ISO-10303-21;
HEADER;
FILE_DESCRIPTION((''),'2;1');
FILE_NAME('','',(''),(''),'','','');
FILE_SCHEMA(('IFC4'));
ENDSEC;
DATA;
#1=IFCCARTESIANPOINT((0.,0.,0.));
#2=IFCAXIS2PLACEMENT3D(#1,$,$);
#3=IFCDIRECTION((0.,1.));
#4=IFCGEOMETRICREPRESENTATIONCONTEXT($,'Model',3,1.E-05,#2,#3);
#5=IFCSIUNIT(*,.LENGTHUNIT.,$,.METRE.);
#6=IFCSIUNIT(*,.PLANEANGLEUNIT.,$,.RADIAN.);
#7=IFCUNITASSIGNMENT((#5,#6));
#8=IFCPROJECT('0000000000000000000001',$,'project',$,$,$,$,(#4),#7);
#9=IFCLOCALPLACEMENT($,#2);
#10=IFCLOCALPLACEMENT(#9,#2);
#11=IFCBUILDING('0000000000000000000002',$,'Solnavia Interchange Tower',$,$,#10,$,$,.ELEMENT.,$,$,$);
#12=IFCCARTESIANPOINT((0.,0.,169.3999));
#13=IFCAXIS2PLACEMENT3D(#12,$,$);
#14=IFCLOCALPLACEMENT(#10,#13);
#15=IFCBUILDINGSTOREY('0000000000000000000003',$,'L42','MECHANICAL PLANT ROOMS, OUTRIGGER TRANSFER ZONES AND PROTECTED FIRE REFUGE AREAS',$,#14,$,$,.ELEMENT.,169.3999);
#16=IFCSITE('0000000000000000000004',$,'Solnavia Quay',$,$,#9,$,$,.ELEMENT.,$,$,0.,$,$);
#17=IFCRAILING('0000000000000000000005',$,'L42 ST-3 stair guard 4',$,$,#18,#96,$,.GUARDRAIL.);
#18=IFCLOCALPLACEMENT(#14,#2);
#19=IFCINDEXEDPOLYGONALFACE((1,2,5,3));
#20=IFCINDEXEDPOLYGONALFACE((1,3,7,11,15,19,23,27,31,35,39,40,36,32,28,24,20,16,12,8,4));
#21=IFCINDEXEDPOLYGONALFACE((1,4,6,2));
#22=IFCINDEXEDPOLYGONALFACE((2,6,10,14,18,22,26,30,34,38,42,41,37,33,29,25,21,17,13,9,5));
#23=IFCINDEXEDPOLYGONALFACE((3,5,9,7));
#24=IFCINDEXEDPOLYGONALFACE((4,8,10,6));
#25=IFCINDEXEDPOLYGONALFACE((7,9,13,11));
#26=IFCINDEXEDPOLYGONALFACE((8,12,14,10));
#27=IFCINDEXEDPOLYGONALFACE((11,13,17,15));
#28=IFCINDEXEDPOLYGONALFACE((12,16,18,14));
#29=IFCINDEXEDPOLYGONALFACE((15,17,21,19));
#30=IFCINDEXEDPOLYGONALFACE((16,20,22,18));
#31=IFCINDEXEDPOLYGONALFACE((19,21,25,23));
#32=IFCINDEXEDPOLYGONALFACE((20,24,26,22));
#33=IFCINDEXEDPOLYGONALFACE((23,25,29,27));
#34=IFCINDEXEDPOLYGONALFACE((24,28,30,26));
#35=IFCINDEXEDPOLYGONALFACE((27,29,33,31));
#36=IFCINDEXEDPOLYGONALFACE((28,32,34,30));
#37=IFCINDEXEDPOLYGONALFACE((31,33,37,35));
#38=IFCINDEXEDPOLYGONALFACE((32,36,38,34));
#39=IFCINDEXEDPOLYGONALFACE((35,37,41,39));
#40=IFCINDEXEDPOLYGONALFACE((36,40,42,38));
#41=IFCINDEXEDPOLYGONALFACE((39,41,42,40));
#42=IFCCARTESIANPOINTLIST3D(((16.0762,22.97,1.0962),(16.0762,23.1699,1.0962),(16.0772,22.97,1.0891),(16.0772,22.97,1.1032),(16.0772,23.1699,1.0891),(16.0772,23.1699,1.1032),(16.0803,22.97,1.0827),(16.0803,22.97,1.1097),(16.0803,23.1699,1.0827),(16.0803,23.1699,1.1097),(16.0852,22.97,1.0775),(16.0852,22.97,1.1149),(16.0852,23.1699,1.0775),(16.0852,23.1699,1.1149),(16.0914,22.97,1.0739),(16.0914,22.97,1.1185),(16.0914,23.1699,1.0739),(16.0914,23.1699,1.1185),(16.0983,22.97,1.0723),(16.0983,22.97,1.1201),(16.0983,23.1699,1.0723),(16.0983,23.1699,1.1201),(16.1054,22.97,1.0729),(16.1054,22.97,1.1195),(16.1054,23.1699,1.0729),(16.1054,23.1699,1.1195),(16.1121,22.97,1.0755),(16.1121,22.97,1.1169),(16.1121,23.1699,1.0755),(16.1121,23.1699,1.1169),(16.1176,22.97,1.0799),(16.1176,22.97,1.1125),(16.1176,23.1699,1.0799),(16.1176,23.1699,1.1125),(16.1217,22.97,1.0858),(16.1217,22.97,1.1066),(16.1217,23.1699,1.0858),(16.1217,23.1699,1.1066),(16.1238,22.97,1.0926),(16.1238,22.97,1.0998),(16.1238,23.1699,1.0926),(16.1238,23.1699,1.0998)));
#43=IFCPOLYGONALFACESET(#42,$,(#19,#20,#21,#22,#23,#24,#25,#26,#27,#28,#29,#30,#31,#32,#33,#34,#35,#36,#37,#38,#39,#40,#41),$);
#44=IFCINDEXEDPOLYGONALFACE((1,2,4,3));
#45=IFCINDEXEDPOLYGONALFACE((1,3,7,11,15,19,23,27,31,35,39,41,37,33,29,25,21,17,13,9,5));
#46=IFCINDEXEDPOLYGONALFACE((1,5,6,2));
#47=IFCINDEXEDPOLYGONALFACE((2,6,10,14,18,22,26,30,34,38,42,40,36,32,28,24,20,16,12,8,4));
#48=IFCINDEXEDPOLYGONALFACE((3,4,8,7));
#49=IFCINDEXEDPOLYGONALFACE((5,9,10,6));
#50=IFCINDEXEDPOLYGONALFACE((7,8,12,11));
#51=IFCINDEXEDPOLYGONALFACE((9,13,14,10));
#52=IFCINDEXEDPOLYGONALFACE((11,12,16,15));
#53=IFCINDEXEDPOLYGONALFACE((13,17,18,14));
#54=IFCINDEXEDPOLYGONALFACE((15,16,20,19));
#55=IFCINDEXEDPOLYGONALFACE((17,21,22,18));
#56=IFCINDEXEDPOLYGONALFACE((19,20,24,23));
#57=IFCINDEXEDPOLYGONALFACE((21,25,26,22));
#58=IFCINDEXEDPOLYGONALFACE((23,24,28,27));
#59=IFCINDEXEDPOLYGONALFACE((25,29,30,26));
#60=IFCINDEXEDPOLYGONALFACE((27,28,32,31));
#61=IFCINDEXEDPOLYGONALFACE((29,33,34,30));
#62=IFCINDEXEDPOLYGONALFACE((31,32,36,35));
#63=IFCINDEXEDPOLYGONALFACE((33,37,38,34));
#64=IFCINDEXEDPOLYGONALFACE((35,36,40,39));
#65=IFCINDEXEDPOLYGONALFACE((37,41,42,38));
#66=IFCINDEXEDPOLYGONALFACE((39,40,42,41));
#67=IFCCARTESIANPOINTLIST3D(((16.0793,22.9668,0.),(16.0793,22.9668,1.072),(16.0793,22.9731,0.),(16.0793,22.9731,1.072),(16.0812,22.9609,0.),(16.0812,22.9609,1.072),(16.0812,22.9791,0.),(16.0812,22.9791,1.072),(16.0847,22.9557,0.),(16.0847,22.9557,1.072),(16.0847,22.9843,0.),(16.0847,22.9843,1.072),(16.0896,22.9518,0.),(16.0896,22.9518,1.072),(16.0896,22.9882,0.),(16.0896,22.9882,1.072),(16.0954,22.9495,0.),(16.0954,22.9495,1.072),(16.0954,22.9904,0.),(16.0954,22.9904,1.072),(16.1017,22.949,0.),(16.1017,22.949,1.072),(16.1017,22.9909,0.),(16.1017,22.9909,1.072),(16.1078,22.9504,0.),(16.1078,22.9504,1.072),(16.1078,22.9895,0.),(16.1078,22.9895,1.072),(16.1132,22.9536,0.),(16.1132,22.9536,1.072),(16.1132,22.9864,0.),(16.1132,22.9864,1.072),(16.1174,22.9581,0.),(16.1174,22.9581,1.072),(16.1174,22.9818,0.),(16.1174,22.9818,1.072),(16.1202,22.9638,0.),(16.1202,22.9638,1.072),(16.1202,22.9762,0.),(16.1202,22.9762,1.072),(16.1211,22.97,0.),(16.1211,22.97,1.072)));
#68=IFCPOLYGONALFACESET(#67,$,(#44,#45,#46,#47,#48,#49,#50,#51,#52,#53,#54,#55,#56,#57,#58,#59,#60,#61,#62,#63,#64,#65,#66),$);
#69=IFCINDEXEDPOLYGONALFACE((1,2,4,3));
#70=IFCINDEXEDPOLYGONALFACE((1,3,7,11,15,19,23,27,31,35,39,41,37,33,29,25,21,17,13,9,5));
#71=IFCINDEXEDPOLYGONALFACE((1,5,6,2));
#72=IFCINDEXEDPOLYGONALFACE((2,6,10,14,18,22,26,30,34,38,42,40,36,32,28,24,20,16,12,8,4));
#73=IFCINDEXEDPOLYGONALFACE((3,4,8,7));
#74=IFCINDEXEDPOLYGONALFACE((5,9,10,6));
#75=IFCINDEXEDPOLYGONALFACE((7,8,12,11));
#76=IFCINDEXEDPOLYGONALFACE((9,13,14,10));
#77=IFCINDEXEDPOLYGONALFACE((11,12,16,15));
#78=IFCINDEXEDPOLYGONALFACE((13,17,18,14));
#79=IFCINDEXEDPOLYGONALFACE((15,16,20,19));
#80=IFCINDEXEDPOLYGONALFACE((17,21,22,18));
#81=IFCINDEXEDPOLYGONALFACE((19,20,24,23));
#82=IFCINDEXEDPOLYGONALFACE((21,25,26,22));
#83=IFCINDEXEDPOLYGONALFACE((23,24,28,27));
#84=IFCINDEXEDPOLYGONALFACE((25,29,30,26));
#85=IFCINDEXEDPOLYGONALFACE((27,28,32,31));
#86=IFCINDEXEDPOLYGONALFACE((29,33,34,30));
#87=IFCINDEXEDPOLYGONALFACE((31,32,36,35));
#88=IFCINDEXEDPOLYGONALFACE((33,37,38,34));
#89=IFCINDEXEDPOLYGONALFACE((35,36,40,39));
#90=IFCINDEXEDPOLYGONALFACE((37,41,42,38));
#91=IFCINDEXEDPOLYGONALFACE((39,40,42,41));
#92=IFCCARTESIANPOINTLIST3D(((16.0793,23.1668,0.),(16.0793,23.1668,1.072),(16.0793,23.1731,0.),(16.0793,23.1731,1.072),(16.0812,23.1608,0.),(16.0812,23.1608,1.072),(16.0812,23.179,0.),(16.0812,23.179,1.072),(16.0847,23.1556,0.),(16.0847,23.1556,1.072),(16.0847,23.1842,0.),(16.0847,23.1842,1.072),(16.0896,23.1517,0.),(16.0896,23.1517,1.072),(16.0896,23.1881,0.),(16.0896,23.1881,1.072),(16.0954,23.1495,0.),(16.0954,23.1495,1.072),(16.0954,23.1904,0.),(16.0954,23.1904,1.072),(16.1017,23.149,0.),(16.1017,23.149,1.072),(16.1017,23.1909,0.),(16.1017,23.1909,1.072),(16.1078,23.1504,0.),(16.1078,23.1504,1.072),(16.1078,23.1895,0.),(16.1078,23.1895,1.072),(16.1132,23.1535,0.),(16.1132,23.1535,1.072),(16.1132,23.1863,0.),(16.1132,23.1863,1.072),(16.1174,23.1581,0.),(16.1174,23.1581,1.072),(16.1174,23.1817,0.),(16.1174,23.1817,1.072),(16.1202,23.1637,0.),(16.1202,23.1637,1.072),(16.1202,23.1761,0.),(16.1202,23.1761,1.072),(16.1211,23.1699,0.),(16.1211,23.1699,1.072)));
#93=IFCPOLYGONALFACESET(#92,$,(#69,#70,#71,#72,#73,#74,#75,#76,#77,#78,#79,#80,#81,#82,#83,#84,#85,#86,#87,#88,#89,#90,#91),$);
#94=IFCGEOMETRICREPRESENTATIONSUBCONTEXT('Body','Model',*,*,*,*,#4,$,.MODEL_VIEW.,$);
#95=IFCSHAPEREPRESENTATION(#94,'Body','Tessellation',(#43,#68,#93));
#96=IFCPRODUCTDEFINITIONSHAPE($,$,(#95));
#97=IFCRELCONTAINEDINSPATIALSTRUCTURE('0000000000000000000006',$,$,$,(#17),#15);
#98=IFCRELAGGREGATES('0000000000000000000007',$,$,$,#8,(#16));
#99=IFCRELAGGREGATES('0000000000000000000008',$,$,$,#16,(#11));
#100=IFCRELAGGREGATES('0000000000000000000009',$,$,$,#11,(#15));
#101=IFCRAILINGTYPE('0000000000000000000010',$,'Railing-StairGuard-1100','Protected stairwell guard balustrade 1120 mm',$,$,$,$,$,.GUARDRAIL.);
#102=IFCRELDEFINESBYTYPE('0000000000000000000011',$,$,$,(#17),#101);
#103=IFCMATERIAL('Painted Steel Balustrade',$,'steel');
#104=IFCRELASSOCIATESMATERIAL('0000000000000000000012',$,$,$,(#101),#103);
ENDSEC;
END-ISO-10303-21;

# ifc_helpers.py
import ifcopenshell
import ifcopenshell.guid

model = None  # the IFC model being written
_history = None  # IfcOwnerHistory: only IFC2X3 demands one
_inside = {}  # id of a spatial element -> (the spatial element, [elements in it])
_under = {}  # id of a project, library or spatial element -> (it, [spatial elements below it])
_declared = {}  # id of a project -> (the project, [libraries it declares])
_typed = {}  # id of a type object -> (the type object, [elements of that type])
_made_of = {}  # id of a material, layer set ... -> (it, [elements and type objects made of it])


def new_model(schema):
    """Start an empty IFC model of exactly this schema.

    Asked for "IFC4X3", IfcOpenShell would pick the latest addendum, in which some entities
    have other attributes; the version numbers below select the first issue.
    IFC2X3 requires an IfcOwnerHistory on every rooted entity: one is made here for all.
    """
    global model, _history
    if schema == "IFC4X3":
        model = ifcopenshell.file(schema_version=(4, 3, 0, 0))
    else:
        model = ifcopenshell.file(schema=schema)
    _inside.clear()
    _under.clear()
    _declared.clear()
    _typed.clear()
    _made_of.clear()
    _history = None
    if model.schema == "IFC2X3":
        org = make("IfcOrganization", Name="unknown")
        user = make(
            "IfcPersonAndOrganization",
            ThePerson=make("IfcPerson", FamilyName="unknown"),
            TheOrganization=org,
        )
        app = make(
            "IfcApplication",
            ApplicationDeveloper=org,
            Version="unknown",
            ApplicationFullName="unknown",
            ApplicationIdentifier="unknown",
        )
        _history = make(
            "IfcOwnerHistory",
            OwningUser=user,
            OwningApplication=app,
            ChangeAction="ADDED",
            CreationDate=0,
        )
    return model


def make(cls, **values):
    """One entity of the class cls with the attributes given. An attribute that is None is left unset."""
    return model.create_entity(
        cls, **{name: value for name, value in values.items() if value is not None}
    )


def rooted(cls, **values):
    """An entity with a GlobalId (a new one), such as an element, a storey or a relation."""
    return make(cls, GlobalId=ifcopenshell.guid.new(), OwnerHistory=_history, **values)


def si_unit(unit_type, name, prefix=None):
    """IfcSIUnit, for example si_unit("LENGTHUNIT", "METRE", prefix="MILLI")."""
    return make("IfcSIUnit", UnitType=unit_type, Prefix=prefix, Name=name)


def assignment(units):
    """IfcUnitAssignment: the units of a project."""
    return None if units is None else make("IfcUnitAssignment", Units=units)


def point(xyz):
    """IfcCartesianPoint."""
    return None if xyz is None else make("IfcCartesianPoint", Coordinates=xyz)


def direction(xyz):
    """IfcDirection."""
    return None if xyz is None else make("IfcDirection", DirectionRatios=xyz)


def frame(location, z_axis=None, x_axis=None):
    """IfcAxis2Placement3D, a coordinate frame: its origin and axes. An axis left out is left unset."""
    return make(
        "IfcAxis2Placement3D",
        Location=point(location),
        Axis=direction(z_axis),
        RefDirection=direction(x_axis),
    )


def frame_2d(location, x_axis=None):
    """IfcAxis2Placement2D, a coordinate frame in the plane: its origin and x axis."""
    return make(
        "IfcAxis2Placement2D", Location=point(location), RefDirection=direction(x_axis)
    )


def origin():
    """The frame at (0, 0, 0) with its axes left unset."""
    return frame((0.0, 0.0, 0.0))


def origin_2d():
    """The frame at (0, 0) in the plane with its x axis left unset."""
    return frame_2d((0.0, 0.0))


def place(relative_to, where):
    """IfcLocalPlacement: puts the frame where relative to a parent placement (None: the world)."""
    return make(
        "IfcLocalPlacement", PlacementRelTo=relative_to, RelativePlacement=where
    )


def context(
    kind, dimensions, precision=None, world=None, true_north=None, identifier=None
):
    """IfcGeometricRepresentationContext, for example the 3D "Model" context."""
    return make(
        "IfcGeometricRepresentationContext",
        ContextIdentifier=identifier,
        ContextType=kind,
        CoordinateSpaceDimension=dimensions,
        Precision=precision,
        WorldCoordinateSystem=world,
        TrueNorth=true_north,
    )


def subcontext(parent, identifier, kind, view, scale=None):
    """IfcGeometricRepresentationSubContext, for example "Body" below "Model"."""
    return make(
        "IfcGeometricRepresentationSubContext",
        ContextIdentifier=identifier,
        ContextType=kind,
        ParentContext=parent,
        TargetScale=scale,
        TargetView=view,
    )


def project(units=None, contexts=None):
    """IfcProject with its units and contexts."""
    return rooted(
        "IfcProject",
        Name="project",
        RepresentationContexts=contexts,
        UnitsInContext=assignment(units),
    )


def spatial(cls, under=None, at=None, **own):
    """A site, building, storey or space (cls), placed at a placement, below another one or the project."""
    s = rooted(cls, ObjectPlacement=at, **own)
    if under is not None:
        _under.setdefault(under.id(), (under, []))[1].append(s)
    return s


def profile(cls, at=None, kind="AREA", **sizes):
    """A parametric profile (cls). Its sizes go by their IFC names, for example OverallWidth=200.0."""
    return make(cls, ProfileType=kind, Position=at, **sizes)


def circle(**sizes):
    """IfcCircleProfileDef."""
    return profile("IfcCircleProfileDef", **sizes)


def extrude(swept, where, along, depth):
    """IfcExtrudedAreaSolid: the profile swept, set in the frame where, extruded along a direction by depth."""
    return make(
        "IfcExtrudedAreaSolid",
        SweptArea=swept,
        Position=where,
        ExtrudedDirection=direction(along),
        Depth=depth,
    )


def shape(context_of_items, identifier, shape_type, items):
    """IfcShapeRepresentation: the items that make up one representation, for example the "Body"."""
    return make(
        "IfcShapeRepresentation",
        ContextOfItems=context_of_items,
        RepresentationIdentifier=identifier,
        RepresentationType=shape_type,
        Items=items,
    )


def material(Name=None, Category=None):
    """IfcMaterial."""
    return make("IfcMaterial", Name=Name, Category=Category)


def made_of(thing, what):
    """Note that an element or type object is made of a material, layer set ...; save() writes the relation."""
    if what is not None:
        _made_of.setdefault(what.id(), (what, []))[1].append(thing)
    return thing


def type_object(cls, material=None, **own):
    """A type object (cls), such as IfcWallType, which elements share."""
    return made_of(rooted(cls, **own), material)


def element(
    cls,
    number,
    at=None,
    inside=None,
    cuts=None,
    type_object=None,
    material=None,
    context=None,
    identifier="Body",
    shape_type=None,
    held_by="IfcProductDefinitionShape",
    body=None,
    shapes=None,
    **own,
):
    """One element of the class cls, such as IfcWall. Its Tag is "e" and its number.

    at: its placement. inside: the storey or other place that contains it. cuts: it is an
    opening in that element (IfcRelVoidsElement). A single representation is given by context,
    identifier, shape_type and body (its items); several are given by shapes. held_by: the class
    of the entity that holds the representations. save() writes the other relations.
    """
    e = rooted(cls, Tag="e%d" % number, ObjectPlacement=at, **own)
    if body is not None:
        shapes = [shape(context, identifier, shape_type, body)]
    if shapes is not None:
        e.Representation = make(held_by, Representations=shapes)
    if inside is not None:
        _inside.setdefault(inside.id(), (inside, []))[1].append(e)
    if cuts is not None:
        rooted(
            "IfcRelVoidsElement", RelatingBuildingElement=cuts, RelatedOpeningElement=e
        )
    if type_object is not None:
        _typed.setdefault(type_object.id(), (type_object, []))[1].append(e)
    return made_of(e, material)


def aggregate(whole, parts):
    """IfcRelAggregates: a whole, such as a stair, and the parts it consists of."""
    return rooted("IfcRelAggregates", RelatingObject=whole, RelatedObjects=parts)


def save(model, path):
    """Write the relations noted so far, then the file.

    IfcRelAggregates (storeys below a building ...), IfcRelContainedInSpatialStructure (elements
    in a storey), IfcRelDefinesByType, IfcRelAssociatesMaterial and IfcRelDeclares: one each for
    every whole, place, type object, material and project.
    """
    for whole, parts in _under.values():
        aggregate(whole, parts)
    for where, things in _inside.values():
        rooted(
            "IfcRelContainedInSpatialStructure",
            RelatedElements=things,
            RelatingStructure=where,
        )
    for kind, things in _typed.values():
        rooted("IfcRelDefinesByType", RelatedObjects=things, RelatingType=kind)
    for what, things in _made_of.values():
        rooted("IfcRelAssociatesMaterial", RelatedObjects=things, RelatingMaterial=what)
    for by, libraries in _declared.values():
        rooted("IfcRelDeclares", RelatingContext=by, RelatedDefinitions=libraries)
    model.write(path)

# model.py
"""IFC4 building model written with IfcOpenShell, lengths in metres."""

from ifc_helpers import new_model, si_unit, direction, frame, origin, origin_2d, place, context, subcontext, project, spatial, circle, extrude, material, type_object, element, save


model = new_model("IFC4")

# Units and contexts
model_context = context("Model", 3, precision=1e-05, world=origin(), true_north=direction((0.0, 1.0)))
body_context = subcontext(model_context, "Body", "Model", "MODEL_VIEW")
ifc_project = project(units=[si_unit("LENGTHUNIT", "METRE"), si_unit("PLANEANGLEUNIT", "RADIAN")], contexts=[model_context])

# Site, building, storey
site_placement = place(None, origin())
site = spatial("IfcSite", under=ifc_project, at=site_placement, Name="Solnavia Quay", CompositionType="ELEMENT", RefElevation=0.0)
building_placement = place(site_placement, origin())
building = spatial("IfcBuilding", under=site, at=building_placement, Name="Solnavia Interchange Tower", CompositionType="ELEMENT")
storey_placement = place(building_placement, frame((0.0, 0.0, 169.3999)))
storey = spatial("IfcBuildingStorey", under=building, at=storey_placement, Name="L42", Description="MECHANICAL PLANT ROOMS, OUTRIGGER TRANSFER ZONES AND PROTECTED FIRE REFUGE AREAS", CompositionType="ELEMENT", Elevation=169.3999)

# Railing
ifc_material_1 = material(Name="Painted Steel Balustrade", Category="steel")
railing_type_1 = type_object("IfcRailingType", Name="Railing-StairGuard-1100", Description="Protected stairwell guard balustrade 1120 mm", PredefinedType="GUARDRAIL", material=ifc_material_1)
railing_1_placement = place(storey_placement, frame((16.1001, 22.97, 0.0)))
element("IfcRailing", 1, at=railing_1_placement, inside=storey, type_object=railing_type_1, Name="L42 ST-3 stair guard 4", PredefinedType="GUARDRAIL", context=body_context, shape_type="SweptSolid", body=[
    extrude(circle(Radius=0.0239, at=origin_2d()), frame((0.0, 0.0, 1.0962), z_axis=(0.0, 1.0, 0.0), x_axis=(-1.0, 0.0, 0.0)), (0.0, 0.0, 1.0), 0.2),
    extrude(circle(Radius=0.021, at=origin_2d()), origin(), (0.0, 0.0, 1.0), 1.072),
    extrude(circle(Radius=0.021, at=origin_2d()), frame((0.0, 0.2, 0.0)), (0.0, 0.0, 1.0), 1.072),
])

save(model, "model.ifc")
